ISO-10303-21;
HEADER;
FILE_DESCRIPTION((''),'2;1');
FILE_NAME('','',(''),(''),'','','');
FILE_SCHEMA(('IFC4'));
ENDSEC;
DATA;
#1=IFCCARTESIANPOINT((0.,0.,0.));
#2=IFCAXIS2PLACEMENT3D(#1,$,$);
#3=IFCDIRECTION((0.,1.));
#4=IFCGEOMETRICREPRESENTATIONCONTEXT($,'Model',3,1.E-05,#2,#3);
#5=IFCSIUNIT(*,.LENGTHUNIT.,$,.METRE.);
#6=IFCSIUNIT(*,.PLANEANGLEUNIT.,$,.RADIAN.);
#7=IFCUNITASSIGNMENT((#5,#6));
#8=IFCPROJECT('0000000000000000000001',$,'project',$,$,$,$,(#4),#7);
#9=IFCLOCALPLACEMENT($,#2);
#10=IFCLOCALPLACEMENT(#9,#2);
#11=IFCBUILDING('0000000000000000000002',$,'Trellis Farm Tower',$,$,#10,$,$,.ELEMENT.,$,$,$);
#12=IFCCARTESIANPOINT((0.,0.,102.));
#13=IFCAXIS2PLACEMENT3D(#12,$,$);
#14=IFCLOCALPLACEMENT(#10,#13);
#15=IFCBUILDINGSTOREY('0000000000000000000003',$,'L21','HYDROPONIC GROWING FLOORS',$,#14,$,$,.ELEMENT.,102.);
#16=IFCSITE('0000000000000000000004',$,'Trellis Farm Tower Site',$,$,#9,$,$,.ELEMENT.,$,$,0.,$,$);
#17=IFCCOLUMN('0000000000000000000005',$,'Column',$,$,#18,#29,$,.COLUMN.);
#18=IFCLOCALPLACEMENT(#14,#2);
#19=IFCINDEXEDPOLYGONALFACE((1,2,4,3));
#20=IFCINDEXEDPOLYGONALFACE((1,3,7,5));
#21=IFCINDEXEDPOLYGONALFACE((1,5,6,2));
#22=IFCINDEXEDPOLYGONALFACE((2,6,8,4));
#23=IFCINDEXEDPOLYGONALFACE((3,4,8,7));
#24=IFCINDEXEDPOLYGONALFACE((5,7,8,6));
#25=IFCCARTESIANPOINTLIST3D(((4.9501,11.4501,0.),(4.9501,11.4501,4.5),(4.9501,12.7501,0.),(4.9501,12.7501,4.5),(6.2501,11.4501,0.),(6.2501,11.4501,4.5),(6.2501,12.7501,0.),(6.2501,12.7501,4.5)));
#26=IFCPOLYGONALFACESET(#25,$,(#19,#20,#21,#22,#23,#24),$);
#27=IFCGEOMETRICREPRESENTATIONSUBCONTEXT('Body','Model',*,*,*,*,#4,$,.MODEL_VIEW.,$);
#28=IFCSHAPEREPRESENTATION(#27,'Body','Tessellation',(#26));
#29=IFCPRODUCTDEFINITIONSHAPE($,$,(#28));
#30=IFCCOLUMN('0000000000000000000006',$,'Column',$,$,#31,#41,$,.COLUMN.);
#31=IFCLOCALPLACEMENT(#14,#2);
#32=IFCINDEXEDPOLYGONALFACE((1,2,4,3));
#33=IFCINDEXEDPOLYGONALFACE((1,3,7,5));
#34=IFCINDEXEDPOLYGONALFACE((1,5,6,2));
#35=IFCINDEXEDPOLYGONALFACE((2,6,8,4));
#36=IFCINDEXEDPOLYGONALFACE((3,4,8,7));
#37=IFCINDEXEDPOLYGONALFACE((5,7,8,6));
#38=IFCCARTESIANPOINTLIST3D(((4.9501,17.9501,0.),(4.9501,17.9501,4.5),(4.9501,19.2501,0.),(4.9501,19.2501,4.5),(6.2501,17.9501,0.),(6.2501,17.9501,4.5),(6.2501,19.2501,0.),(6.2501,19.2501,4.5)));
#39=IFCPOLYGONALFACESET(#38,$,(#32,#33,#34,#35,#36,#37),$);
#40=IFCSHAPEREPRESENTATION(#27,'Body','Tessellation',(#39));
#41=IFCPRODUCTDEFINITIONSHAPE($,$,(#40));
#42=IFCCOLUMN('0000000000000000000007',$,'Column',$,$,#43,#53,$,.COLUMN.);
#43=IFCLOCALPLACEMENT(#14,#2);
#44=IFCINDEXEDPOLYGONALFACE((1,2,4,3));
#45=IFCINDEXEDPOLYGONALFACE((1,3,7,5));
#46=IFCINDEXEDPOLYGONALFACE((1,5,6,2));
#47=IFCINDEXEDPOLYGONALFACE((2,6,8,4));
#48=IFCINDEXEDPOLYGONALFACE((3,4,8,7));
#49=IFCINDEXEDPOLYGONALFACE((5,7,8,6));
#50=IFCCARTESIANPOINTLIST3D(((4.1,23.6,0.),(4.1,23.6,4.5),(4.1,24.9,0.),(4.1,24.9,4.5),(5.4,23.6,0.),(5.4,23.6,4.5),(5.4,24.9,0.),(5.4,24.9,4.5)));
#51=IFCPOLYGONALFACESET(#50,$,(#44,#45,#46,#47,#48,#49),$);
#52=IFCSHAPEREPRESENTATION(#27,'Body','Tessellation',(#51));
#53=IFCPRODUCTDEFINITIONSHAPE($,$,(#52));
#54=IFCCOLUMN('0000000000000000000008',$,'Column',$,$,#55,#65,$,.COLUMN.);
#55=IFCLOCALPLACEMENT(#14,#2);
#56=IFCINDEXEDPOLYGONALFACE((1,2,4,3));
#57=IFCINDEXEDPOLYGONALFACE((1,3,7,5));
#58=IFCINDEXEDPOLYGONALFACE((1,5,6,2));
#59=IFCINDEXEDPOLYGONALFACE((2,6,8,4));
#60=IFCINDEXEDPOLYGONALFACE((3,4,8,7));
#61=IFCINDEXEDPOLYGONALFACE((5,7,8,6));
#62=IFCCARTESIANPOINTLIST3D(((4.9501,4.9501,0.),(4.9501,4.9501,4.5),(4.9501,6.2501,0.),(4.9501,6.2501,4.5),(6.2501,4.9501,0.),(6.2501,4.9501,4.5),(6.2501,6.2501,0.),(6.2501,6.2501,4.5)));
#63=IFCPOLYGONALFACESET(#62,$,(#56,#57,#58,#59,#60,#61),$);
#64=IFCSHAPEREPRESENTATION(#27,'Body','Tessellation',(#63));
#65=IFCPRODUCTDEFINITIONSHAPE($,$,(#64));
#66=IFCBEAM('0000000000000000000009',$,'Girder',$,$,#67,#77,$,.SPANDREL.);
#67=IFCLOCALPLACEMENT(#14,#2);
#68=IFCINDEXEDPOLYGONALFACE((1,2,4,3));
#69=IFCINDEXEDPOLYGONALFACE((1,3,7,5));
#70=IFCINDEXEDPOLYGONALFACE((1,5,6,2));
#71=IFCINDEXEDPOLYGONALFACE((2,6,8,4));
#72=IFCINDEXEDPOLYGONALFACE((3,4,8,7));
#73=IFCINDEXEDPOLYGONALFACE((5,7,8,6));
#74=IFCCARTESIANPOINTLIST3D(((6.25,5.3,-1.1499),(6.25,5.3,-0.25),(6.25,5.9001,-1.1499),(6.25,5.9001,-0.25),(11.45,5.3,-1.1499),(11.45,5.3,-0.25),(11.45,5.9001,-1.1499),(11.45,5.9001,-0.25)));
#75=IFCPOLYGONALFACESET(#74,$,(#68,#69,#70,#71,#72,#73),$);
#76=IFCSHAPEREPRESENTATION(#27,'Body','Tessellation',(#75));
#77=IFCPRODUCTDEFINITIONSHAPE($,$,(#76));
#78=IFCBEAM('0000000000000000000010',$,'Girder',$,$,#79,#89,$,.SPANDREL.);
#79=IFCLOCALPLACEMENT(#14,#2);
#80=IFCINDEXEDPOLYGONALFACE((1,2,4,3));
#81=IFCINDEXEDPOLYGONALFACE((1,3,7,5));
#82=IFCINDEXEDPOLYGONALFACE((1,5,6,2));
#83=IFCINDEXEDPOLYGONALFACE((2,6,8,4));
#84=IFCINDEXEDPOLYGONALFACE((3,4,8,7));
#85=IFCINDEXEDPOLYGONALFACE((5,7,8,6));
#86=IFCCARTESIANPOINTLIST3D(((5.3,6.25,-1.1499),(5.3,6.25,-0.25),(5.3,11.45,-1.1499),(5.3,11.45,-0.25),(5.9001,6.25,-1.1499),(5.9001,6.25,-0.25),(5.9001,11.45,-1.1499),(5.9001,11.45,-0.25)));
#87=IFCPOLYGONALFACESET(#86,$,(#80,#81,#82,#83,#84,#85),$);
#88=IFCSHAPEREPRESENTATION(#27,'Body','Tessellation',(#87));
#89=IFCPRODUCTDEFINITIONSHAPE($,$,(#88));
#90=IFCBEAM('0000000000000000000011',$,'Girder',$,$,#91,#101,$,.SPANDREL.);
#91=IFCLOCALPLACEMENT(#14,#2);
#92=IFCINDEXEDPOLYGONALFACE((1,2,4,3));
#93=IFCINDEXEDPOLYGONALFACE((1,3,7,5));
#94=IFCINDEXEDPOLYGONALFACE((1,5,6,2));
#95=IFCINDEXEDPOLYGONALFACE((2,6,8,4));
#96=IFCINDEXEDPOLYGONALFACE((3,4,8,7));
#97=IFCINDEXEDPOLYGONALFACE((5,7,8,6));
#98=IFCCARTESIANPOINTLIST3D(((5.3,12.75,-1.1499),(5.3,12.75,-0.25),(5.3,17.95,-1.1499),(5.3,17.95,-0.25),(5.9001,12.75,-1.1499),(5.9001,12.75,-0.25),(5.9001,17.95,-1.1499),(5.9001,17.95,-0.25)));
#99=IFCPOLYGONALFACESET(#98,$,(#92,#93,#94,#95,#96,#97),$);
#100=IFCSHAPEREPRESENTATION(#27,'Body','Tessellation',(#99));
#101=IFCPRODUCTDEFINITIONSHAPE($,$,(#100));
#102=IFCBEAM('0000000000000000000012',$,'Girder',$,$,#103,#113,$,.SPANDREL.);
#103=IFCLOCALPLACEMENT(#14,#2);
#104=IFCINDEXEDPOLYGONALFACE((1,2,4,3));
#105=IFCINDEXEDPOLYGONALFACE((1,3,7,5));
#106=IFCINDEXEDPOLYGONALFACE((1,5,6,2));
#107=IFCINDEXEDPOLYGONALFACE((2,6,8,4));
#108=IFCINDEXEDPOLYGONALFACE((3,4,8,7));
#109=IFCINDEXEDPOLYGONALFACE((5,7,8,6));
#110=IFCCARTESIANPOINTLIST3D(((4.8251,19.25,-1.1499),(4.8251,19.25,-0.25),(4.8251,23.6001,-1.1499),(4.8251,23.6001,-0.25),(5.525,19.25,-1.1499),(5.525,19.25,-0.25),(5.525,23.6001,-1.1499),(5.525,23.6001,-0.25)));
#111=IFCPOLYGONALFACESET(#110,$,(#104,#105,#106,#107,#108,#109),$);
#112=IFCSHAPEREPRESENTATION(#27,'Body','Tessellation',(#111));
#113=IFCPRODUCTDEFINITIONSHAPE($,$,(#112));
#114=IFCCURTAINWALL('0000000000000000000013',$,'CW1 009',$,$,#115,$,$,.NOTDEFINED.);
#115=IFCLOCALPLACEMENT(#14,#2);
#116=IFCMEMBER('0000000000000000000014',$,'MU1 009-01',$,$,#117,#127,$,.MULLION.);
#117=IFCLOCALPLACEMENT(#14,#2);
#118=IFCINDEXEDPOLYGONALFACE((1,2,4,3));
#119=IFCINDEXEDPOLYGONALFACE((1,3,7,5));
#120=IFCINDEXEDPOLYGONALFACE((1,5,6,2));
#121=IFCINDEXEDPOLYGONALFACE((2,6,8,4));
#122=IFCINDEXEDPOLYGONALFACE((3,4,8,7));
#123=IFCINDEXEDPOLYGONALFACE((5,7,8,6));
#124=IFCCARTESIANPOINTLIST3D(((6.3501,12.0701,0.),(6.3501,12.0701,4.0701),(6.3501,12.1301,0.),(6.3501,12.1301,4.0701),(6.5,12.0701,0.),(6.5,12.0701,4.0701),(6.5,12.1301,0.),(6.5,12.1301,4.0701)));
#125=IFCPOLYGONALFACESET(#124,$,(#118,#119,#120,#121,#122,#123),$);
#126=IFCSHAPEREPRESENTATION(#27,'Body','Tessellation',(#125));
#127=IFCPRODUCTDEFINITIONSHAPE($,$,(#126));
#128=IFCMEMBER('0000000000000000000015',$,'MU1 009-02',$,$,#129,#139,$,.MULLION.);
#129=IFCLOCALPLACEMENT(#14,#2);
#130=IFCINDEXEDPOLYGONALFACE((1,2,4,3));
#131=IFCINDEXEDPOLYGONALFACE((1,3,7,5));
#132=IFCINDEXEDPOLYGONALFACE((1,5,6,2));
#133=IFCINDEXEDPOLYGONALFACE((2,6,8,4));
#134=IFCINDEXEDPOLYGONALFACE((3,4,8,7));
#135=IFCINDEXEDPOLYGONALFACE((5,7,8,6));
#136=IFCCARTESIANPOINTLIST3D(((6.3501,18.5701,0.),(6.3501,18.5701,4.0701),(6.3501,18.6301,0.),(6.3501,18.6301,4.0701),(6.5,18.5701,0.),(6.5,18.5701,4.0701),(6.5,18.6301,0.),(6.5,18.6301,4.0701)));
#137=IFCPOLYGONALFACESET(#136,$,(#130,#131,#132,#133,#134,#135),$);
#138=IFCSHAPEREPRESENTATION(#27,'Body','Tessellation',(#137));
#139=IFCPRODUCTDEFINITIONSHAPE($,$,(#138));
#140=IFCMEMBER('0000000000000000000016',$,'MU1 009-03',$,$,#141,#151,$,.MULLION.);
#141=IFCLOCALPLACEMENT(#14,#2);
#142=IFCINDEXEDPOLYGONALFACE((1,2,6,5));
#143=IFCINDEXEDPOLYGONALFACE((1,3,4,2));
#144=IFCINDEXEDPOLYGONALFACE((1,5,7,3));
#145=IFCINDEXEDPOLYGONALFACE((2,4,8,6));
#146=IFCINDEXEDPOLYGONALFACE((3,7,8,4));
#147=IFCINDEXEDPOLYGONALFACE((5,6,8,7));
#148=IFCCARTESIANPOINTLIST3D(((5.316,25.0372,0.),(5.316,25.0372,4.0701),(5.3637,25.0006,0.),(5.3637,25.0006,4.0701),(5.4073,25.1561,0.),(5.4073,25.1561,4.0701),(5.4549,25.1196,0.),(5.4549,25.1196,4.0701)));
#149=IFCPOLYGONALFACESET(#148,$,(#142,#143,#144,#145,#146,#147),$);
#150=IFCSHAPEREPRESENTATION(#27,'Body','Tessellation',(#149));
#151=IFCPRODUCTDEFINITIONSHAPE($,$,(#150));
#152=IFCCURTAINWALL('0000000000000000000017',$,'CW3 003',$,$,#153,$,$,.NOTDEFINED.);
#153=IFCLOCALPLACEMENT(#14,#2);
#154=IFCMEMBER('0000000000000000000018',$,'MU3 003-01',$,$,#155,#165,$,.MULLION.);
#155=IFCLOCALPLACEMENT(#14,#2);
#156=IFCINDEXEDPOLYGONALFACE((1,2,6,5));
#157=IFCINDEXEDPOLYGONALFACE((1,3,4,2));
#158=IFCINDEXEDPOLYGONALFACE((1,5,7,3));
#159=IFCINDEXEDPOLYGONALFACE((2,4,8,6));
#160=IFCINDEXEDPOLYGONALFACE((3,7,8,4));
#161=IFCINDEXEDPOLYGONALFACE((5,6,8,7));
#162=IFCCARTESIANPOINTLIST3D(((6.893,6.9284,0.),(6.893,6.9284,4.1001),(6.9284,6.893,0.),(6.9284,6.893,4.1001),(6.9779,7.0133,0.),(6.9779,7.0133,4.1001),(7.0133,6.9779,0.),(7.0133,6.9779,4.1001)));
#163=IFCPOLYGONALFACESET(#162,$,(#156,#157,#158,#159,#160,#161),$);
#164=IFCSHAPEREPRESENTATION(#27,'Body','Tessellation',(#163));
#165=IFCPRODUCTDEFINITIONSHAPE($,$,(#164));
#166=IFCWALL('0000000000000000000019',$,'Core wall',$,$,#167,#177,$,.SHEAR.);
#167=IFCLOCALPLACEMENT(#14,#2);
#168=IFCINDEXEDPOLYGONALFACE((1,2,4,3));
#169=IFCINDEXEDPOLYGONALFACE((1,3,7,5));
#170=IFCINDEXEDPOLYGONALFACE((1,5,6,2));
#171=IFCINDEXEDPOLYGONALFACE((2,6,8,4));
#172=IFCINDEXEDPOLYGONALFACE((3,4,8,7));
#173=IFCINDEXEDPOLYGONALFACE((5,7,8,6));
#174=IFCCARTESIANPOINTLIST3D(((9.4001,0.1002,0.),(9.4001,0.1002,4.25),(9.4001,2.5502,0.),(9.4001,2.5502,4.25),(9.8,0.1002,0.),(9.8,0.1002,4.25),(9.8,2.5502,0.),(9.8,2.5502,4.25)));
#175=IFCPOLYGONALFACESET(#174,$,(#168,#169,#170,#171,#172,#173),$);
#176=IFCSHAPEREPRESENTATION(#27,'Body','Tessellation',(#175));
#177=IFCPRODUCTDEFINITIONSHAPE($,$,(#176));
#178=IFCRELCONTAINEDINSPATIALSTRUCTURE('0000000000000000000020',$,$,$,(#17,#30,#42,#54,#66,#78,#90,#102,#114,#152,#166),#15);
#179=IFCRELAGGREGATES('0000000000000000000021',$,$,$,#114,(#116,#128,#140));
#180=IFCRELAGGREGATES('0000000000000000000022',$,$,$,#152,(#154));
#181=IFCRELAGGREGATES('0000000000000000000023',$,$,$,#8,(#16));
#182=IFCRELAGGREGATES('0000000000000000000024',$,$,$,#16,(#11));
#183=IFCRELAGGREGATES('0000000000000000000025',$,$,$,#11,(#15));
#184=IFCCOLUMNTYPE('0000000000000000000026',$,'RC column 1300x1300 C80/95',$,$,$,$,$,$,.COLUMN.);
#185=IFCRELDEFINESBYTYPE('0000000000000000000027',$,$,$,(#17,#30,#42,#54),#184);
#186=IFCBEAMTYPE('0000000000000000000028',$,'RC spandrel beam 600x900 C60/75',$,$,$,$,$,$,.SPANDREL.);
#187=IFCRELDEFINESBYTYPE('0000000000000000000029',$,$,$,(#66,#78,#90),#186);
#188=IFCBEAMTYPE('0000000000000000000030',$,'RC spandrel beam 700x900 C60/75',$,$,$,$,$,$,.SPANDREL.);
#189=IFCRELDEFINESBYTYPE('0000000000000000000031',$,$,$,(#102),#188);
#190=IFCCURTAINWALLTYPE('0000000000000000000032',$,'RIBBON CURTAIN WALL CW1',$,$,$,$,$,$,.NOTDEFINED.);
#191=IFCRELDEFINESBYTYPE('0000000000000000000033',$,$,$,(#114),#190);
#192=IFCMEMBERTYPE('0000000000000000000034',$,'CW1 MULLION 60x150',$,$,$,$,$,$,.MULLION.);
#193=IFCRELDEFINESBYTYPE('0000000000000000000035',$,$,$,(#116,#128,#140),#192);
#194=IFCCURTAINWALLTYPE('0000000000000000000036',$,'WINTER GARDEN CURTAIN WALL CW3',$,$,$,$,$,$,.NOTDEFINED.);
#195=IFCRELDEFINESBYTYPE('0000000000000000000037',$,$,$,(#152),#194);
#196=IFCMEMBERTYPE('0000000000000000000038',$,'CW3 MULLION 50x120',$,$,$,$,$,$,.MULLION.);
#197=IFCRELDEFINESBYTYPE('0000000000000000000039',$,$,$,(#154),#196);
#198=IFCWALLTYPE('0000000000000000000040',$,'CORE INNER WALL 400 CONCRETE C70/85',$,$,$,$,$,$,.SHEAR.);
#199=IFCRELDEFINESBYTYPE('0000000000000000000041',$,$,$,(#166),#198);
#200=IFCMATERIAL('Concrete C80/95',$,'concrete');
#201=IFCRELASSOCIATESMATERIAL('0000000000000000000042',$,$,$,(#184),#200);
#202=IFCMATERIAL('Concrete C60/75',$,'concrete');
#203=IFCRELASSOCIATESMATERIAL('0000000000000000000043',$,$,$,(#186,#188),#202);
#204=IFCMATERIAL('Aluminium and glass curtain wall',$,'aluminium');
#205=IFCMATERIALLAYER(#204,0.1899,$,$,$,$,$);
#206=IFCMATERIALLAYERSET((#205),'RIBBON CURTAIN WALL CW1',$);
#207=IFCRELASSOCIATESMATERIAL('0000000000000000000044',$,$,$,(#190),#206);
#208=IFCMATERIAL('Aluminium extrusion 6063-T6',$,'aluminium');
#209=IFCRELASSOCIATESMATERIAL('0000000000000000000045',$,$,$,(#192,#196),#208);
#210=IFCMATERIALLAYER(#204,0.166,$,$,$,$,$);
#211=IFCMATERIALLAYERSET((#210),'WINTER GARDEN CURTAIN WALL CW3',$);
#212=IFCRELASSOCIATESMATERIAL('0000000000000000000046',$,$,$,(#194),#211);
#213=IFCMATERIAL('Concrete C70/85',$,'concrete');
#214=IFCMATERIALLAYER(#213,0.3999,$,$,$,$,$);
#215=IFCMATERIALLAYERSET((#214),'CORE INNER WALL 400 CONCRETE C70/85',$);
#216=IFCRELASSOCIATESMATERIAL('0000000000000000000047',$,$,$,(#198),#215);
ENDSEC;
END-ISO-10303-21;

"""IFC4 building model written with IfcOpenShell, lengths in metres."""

from ifc_helpers import new_model, si_unit, direction, frame, frame_2d, origin, origin_2d, place, context, subcontext, project, spatial, rectangle, extrude, source, transform, mapped, material, layer, layer_set, material_profile, profile_set, type_object, element, aggregate, save


model = new_model("IFC4")

# Units and contexts
model_context = context("Model", 3, precision=1e-05, world=origin(), true_north=direction((0.0, 1.0)))
body_context = subcontext(model_context, "Body", "Model", "MODEL_VIEW")
ifc_project = project(units=[si_unit("LENGTHUNIT", "METRE"), si_unit("PLANEANGLEUNIT", "RADIAN")], contexts=[model_context])

# Site, building, storey
site_placement = place(None, origin())
site = spatial("IfcSite", under=ifc_project, at=site_placement, Name="Trellis Farm Tower Site", CompositionType="ELEMENT", RefElevation=0.0)
building_placement = place(site_placement, origin())
building = spatial("IfcBuilding", under=site, at=building_placement, Name="Trellis Farm Tower", CompositionType="ELEMENT")
storey_placement = place(building_placement, frame((0.0, 0.0, 102.0)))
storey = spatial("IfcBuildingStorey", under=building, at=storey_placement, Name="L21", Description="HYDROPONIC GROWING FLOORS", CompositionType="ELEMENT", Elevation=102.0)

# Columns
ifc_material_1 = material(Name="Concrete C80/95", Category="concrete")
ifc_material_profile_1 = material_profile(ifc_material_1, rectangle(XDim=1.3, YDim=1.3, at=origin_2d()), Name="RC column 1300x1300 C80/95")
ifc_profile_set_1 = profile_set([ifc_material_profile_1], Name="Concrete C80/95")
column_type = type_object("IfcColumnType", Name="RC column 1300x1300 C80/95", PredefinedType="COLUMN", material=ifc_profile_set_1)
shared_shape_1 = source(origin(), body_context, "Body", "SweptSolid", [
    extrude(rectangle(XDim=1.3, YDim=1.3, at=origin_2d()), origin(), (0.0, 0.0, 1.0), 4.5),
])
for number, where, z_axis, x_axis, name in (
    (1, (5.6001, 12.1001, 0.0), (0.0, 0.0, 1.0), (1.0, 0.0, 0.0), "Column"),
    (2, (5.6001, 18.6001, 0.0), (0.0, 0.0, 1.0), (1.0, 0.0, 0.0), "Column"),
    (3, (4.75, 24.25, 0.0), (0.0, 0.0, 1.0), (1.0, 0.0, 0.0), "Column"),
    (4, (5.6001, 5.6001, 0.0), (0.0, 0.0, 1.0), (1.0, 0.0, 0.0), "Column"),
):
    element("IfcColumn", number, at=place(storey_placement, frame(where, z_axis=z_axis, x_axis=x_axis)), inside=storey, type_object=column_type, Name=name, PredefinedType="COLUMN", context=body_context, shape_type="MappedRepresentation", body=[
        mapped(shared_shape_1, transform((0.0, 0.0, 0.0))),
    ])

# Beams
ifc_material_2 = material(Name="Concrete C60/75", Category="concrete")
ifc_material_profile_2 = material_profile(ifc_material_2, rectangle(XDim=0.6001, YDim=0.8999, at=origin_2d()), Name="RC spandrel beam 600x900 C60/75")
ifc_profile_set_2 = profile_set([ifc_material_profile_2], Name="Concrete C60/75")
beam_type_1 = type_object("IfcBeamType", Name="RC spandrel beam 600x900 C60/75", PredefinedType="SPANDREL", material=ifc_profile_set_2)
shared_shape_2 = source(origin(), body_context, "Body", "SweptSolid", [
    extrude(rectangle(XDim=0.6001, YDim=0.8999, at=origin_2d()), origin(), (0.0, 0.0, 1.0), 5.2),
])
for number, where, z_axis, x_axis, name in (
    (5, (6.25, 5.6001, -0.7), (1.0, 0.0, 0.0), (0.0, 1.0, 0.0), "Girder"),
    (6, (5.6001, 6.25, -0.7), (0.0, 1.0, 0.0), (-1.0, 0.0, 0.0), "Girder"),
    (7, (5.6001, 12.75, -0.7), (0.0, 1.0, 0.0), (-1.0, 0.0, 0.0), "Girder"),
):
    element("IfcBeam", number, at=place(storey_placement, frame(where, z_axis=z_axis, x_axis=x_axis)), inside=storey, type_object=beam_type_1, Name=name, PredefinedType="SPANDREL", context=body_context, shape_type="MappedRepresentation", body=[
        mapped(shared_shape_2, transform((0.0, 0.0, 0.0))),
    ])
ifc_material_profile_3 = material_profile(ifc_material_2, rectangle(XDim=0.7, YDim=0.8999, at=origin_2d()), Name="RC spandrel beam 700x900 C60/75")
ifc_profile_set_3 = profile_set([ifc_material_profile_3], Name="Concrete C60/75")
beam_type_2 = type_object("IfcBeamType", Name="RC spandrel beam 700x900 C60/75", PredefinedType="SPANDREL", material=ifc_profile_set_3)
shared_shape_3 = source(origin(), body_context, "Body", "SweptSolid", [
    extrude(rectangle(XDim=0.7, YDim=0.8999, at=origin_2d()), origin(), (0.0, 0.0, 1.0), 4.3501),
])
beam_placement = place(storey_placement, frame((5.175, 19.25, -0.7), z_axis=(0.0, 1.0, 0.0), x_axis=(-1.0, 0.0, 0.0)))
element("IfcBeam", 8, at=beam_placement, inside=storey, type_object=beam_type_2, Name="Girder", PredefinedType="SPANDREL", context=body_context, shape_type="MappedRepresentation", body=[
    mapped(shared_shape_3, transform((0.0, 0.0, 0.0))),
])

# Curtain wall, members
ifc_material_3 = material(Name="Aluminium and glass curtain wall", Category="aluminium")
ifc_layer_1 = layer(ifc_material_3, 0.1899)
ifc_layer_set_1 = layer_set([ifc_layer_1], Name="RIBBON CURTAIN WALL CW1")
curtain_wall_type_1 = type_object("IfcCurtainWallType", Name="RIBBON CURTAIN WALL CW1", PredefinedType="NOTDEFINED", material=ifc_layer_set_1)
placement = place(storey_placement, origin())
curtain_wall_1 = element("IfcCurtainWall", 9, at=placement, inside=storey, type_object=curtain_wall_type_1, Name="CW1 009", PredefinedType="NOTDEFINED")
ifc_material_4 = material(Name="Aluminium extrusion 6063-T6", Category="aluminium")
ifc_material_profile_4 = material_profile(ifc_material_4, rectangle(XDim=0.0601, YDim=0.1499, at=origin_2d()), Name="MULLION 60x150")
ifc_profile_set_4 = profile_set([ifc_material_profile_4], Name="Aluminium extrusion 6063-T6")
member_type_1 = type_object("IfcMemberType", Name="CW1 MULLION 60x150", PredefinedType="MULLION", material=ifc_profile_set_4)
shared_shape_4 = source(origin(), body_context, "Body", "SweptSolid", [
    extrude(rectangle(XDim=0.0601, YDim=0.1499, at=origin_2d()), origin(), (0.0, 0.0, 1.0), 4.0701),
])
member_1_placement = place(storey_placement, frame((6.425, 12.1001, 0.0), z_axis=(0.0, 0.0, 1.0), x_axis=(0.0, 1.0, 0.0)))
member_1 = element("IfcMember", 10, at=member_1_placement, type_object=member_type_1, Name="MU1 009-01", PredefinedType="MULLION", context=body_context, shape_type="MappedRepresentation", body=[
    mapped(shared_shape_4, transform((0.0, 0.0, 0.0))),
])
member_2_placement = place(storey_placement, frame((6.425, 18.6001, 0.0), z_axis=(0.0, 0.0, 1.0), x_axis=(0.0, 1.0, 0.0)))
member_2 = element("IfcMember", 11, at=member_2_placement, type_object=member_type_1, Name="MU1 009-02", PredefinedType="MULLION", context=body_context, shape_type="MappedRepresentation", body=[
    mapped(shared_shape_4, transform((0.0, 0.0, 0.0))),
])
member_3_placement = place(storey_placement, frame((5.3855, 25.0784, 0.0), z_axis=(0.0, 0.0, 1.0), x_axis=(-0.793353, 0.608761, 0.0)))
member_3 = element("IfcMember", 12, at=member_3_placement, type_object=member_type_1, Name="MU1 009-03", PredefinedType="MULLION", context=body_context, shape_type="MappedRepresentation", body=[
    mapped(shared_shape_4, transform((0.0, 0.0, 0.0))),
])
aggregate(curtain_wall_1, [member_1, member_2, member_3])

# Curtain wall, member
ifc_layer_2 = layer(ifc_material_3, 0.166)
ifc_layer_set_2 = layer_set([ifc_layer_2], Name="WINTER GARDEN CURTAIN WALL CW3")
curtain_wall_type_2 = type_object("IfcCurtainWallType", Name="WINTER GARDEN CURTAIN WALL CW3", PredefinedType="NOTDEFINED", material=ifc_layer_set_2)
curtain_wall_2 = element("IfcCurtainWall", 13, at=placement, inside=storey, type_object=curtain_wall_type_2, Name="CW3 003", PredefinedType="NOTDEFINED")
ifc_material_profile_5 = material_profile(ifc_material_4, rectangle(XDim=0.05, YDim=0.1201, at=origin_2d()), Name="MULLION 50x120")
ifc_profile_set_5 = profile_set([ifc_material_profile_5], Name="Aluminium extrusion 6063-T6")
member_type_2 = type_object("IfcMemberType", Name="CW3 MULLION 50x120", PredefinedType="MULLION", material=ifc_profile_set_5)
shared_shape_5 = source(origin(), body_context, "Body", "SweptSolid", [
    extrude(rectangle(XDim=0.05, YDim=0.1201, at=origin_2d()), origin(), (0.0, 0.0, 1.0), 4.1001),
])
member_4_placement = place(storey_placement, frame((6.9531, 6.9531, 0.0), z_axis=(0.0, 0.0, 1.0), x_axis=(-0.707107, 0.707107, 0.0)))
member_4 = element("IfcMember", 14, at=member_4_placement, type_object=member_type_2, Name="MU3 003-01", PredefinedType="MULLION", context=body_context, shape_type="MappedRepresentation", body=[
    mapped(shared_shape_5, transform((0.0, 0.0, 0.0))),
])
aggregate(curtain_wall_2, [member_4])

# Wall
ifc_material_5 = material(Name="Concrete C70/85", Category="concrete")
ifc_layer_3 = layer(ifc_material_5, 0.3999)
ifc_layer_set_3 = layer_set([ifc_layer_3], Name="CORE INNER WALL 400 CONCRETE C70/85")
wall_type_1 = type_object("IfcWallType", Name="CORE INNER WALL 400 CONCRETE C70/85", PredefinedType="SHEAR", material=ifc_layer_set_3)
shared_shape_6 = source(origin(), body_context, "Body", "SweptSolid", [
    extrude(rectangle(XDim=2.45, YDim=0.3999, at=frame_2d((1.2251, 0.0))), origin(), (0.0, 0.0, 1.0), 4.25),
])
wall_1_placement = place(storey_placement, frame((9.6001, 0.1001, 0.0), z_axis=(0.0, 0.0, 1.0), x_axis=(0.0, 1.0, 0.0)))
element("IfcWall", 15, at=wall_1_placement, inside=storey, type_object=wall_type_1, Name="Core wall", PredefinedType="SHEAR", context=body_context, shape_type="MappedRepresentation", body=[
    mapped(shared_shape_6, transform((0.0, 0.0, 0.0))),
])

save(model, "model.ifc")
